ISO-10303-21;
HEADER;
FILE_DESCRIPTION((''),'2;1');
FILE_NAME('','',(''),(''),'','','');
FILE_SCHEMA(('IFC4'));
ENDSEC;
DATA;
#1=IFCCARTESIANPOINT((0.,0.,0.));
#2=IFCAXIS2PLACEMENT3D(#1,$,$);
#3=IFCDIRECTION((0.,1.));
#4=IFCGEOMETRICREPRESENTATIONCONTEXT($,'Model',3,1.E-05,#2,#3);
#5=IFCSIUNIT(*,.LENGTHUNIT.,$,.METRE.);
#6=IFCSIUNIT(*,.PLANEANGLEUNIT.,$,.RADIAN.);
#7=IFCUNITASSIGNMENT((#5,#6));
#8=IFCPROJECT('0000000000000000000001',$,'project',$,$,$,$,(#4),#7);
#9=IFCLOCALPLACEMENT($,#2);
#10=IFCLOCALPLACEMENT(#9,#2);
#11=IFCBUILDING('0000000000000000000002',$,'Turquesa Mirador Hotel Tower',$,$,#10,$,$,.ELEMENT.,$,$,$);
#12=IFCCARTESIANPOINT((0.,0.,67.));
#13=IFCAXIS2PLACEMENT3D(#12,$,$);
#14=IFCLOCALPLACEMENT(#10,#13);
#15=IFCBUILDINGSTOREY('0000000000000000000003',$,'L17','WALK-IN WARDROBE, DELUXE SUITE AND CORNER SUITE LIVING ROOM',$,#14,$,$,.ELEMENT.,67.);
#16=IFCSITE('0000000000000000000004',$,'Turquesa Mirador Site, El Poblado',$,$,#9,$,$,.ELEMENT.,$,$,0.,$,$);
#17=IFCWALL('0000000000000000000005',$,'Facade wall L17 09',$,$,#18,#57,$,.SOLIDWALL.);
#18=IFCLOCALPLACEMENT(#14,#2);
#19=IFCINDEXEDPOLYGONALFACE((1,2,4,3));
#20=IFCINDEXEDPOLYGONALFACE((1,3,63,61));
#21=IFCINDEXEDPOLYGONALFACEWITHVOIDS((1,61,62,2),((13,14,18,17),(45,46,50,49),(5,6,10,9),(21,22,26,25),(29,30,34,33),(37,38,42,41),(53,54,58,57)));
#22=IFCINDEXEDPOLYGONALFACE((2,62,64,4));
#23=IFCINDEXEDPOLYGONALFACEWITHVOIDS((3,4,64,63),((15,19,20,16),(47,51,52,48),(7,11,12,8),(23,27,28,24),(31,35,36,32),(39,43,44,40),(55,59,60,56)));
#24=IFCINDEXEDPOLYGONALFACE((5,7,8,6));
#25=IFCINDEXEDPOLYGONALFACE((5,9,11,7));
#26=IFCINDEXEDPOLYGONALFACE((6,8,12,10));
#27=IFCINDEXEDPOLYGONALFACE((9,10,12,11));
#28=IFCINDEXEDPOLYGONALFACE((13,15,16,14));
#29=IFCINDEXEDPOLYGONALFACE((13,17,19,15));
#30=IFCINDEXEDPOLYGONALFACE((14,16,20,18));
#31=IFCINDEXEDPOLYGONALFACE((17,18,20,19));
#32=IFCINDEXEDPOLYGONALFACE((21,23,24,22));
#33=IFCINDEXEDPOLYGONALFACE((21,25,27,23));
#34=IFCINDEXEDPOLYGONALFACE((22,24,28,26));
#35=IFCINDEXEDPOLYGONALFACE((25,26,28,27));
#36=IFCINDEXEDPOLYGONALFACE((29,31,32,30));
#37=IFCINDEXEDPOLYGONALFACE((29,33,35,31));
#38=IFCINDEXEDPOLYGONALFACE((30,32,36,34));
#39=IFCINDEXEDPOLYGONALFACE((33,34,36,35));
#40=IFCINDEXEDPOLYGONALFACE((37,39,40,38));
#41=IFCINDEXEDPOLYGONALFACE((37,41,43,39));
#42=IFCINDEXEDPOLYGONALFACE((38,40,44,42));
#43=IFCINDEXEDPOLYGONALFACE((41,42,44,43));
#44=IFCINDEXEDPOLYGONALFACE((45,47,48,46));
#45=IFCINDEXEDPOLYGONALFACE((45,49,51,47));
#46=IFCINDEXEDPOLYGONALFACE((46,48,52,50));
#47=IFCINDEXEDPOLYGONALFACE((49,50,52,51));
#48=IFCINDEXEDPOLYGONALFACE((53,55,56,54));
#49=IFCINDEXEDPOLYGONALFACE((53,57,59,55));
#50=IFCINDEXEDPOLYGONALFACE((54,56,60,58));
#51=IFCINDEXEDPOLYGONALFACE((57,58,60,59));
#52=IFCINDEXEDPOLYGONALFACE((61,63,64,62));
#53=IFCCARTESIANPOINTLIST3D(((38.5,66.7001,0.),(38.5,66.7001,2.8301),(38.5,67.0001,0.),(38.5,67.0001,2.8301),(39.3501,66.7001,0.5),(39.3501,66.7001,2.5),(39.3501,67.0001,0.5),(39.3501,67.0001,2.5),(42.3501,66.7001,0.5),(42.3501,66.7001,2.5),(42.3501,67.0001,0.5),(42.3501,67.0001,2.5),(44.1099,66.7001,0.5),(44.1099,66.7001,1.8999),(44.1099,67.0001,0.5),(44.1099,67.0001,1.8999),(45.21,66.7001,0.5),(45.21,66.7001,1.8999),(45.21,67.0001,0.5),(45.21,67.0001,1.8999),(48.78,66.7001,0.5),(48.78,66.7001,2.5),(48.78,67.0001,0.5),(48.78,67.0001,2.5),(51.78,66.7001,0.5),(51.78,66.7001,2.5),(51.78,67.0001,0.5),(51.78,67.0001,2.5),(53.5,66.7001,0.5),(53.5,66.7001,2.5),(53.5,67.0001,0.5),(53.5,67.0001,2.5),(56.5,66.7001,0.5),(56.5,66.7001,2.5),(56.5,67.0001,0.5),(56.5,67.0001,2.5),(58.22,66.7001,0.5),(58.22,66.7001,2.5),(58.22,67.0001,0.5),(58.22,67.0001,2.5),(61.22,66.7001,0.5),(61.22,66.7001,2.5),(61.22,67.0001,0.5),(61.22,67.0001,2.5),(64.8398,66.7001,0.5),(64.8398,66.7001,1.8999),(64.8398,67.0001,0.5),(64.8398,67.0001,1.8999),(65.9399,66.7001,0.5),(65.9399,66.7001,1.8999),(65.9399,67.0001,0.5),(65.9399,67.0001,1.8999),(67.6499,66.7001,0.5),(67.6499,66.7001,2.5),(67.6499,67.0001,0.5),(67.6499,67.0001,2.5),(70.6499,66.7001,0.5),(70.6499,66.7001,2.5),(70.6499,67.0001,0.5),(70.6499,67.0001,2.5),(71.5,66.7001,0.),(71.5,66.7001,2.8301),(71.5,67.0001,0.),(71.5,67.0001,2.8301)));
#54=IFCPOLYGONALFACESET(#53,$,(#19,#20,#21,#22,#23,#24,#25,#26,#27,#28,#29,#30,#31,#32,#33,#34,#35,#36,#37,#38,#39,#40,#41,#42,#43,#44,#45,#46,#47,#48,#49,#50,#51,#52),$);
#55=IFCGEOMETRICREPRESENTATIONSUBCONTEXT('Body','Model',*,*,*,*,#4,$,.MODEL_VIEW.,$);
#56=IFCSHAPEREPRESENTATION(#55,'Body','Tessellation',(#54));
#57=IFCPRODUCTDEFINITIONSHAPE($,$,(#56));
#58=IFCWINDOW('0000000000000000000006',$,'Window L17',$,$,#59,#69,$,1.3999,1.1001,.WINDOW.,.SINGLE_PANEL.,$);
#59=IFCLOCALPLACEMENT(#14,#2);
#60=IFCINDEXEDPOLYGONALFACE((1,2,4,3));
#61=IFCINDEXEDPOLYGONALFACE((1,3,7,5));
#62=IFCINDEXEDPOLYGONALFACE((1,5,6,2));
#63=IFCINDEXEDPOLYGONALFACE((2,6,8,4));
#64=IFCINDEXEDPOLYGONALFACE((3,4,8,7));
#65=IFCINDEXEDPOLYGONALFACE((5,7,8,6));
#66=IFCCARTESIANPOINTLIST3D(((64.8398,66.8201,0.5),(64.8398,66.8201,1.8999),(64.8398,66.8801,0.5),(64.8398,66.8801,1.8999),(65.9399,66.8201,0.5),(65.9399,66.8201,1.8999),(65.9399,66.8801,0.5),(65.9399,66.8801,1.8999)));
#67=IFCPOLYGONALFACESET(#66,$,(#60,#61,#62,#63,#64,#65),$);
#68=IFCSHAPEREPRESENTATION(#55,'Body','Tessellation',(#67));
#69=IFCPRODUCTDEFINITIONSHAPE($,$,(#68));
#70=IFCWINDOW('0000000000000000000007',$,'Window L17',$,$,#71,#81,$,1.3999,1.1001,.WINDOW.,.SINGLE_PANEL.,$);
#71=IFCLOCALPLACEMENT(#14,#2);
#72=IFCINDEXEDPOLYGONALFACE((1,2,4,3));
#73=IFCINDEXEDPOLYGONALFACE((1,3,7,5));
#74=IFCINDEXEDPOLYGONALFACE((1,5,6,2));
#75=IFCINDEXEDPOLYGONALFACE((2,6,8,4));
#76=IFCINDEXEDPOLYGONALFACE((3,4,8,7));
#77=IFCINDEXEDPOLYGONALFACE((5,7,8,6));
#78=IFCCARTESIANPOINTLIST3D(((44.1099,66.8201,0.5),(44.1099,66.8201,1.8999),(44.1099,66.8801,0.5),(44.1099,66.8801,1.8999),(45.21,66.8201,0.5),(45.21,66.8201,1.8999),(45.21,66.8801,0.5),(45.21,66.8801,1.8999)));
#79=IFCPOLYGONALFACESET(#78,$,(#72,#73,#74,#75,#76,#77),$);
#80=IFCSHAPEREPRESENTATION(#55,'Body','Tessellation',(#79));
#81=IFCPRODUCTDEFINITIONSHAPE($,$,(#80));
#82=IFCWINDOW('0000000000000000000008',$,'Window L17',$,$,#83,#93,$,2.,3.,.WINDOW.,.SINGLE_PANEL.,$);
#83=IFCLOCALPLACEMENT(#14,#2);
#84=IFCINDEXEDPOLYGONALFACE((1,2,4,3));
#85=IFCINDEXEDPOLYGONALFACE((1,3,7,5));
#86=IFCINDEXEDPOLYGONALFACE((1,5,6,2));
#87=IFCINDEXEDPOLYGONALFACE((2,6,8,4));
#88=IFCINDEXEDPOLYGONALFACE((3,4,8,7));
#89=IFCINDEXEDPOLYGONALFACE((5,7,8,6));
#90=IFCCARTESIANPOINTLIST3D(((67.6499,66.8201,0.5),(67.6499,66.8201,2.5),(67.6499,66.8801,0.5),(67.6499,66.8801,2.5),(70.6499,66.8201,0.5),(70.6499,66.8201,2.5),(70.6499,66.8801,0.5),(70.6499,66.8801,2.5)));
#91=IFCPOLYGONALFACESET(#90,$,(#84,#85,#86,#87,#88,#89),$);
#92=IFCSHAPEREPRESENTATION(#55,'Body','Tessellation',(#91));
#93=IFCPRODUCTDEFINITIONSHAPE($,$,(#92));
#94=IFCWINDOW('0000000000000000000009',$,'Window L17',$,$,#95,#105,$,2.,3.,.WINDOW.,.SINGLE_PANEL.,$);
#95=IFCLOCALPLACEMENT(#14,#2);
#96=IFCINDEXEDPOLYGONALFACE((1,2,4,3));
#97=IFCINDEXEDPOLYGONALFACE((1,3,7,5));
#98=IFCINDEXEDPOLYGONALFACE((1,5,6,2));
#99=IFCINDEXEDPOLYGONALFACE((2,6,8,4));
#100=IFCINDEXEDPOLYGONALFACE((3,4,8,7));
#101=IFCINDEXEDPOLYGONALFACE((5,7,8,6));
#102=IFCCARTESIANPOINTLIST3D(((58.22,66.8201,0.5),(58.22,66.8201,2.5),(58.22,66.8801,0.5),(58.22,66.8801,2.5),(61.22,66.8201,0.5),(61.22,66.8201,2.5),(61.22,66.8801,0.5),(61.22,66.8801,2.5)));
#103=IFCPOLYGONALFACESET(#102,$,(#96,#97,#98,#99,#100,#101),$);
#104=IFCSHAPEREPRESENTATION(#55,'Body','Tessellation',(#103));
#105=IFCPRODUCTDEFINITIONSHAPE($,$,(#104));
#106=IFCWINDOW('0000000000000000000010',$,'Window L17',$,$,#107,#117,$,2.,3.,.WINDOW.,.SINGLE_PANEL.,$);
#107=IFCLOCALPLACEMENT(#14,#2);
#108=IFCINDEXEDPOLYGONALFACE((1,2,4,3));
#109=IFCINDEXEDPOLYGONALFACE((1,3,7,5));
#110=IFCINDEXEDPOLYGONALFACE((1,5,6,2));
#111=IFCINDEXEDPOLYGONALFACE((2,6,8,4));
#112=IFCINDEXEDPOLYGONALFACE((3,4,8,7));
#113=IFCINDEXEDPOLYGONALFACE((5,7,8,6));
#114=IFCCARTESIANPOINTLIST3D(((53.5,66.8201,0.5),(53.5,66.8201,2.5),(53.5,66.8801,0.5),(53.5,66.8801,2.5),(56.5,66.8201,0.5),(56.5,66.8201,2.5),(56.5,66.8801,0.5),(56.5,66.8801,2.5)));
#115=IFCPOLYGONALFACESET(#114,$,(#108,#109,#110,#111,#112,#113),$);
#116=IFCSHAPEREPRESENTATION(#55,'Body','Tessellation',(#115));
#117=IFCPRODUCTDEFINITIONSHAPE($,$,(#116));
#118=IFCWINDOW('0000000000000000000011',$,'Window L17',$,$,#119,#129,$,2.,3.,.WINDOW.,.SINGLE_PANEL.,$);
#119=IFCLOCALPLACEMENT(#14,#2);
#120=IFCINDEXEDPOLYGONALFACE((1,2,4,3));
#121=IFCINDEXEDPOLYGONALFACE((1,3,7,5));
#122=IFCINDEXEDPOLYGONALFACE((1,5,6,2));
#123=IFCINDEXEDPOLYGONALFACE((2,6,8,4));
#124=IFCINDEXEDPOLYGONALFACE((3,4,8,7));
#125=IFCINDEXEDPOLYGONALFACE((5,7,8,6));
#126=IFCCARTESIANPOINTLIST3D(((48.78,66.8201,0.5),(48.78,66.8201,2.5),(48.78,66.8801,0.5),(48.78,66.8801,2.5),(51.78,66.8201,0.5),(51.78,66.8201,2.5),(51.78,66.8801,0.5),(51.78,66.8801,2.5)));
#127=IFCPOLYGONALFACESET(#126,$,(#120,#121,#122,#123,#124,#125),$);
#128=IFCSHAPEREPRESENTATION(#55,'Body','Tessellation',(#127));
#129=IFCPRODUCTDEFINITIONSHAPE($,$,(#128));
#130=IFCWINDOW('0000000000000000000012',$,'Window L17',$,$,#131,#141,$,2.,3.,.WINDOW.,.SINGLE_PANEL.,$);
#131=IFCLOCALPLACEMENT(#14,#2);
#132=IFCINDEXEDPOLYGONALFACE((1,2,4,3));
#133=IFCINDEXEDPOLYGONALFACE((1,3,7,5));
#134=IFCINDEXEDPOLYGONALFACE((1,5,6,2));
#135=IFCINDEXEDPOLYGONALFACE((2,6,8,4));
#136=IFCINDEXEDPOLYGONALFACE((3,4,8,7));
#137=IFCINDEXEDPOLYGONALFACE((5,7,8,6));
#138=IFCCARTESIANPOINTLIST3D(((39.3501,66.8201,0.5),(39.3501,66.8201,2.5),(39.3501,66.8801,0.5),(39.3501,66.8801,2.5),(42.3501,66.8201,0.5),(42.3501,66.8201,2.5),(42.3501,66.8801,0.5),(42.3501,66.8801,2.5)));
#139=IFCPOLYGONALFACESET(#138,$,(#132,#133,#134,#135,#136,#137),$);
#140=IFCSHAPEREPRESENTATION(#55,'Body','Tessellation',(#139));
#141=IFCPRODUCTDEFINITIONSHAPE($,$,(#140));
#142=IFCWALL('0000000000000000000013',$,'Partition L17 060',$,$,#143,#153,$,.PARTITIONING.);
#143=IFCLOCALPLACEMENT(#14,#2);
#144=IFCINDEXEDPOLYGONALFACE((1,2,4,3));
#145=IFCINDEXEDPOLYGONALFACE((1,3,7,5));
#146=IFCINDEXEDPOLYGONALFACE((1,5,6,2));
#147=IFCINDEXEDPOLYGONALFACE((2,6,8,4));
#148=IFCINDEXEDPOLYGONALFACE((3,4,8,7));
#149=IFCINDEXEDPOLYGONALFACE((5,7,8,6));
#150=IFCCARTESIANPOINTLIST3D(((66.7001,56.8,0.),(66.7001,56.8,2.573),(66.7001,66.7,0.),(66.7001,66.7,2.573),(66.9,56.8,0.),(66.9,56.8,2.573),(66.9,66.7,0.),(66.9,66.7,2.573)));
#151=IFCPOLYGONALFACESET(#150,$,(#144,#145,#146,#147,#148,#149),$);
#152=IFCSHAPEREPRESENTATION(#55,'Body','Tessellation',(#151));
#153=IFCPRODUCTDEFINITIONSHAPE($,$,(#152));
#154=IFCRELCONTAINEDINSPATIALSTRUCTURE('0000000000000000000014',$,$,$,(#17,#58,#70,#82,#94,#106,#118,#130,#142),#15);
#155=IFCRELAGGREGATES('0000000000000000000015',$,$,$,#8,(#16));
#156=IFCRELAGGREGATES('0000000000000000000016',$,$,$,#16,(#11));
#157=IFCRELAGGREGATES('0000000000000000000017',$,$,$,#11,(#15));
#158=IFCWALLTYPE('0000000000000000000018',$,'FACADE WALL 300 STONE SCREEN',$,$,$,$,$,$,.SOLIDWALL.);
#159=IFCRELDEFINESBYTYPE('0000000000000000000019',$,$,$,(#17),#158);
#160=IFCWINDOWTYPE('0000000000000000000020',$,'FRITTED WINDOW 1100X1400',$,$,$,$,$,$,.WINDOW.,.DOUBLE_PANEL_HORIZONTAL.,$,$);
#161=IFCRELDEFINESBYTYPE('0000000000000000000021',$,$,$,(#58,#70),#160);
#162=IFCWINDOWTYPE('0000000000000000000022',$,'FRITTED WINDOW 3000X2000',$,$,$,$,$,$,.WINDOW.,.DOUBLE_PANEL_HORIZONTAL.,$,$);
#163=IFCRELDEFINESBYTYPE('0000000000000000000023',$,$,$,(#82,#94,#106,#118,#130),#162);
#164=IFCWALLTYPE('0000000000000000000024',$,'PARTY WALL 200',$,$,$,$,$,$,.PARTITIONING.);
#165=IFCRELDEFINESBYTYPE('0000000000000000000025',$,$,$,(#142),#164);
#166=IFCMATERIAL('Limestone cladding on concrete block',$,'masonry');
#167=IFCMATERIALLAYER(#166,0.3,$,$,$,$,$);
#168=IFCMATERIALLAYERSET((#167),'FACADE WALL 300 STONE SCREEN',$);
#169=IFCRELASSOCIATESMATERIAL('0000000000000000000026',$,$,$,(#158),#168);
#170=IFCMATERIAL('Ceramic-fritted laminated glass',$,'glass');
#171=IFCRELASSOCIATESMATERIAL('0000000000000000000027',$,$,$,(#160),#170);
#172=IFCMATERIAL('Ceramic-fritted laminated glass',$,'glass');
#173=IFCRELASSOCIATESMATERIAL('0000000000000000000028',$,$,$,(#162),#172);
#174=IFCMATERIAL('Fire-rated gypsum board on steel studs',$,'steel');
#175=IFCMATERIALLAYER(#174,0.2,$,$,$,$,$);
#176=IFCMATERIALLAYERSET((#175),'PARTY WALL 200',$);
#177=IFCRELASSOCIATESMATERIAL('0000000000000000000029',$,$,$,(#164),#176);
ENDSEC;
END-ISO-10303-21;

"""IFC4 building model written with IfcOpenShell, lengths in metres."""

from ifc_helpers import new_model, si_unit, direction, frame, frame_2d, origin, place, context, subcontext, project, spatial, rectangle, extrude, material, layer, layer_set, type_object, element, fill, save


model = new_model("IFC4")

# Units and contexts
model_context = context("Model", 3, precision=1e-05, world=origin(), true_north=direction((0.0, 1.0)))
body_context = subcontext(model_context, "Body", "Model", "MODEL_VIEW")
ifc_project = project(units=[si_unit("LENGTHUNIT", "METRE"), si_unit("PLANEANGLEUNIT", "RADIAN")], contexts=[model_context])

# Site, building, storey
site_placement = place(None, origin())
site = spatial("IfcSite", under=ifc_project, at=site_placement, Name="Turquesa Mirador Site, El Poblado", CompositionType="ELEMENT", RefElevation=0.0)
building_placement = place(site_placement, origin())
building = spatial("IfcBuilding", under=site, at=building_placement, Name="Turquesa Mirador Hotel Tower", CompositionType="ELEMENT")
storey_placement = place(building_placement, frame((0.0, 0.0, 67.0)))
storey = spatial("IfcBuildingStorey", under=building, at=storey_placement, Name="L17", Description="WALK-IN WARDROBE, DELUXE SUITE AND CORNER SUITE LIVING ROOM", CompositionType="ELEMENT", Elevation=67.0)

# Wall, openings, windows
ifc_material_1 = material(Name="Limestone cladding on concrete block", Category="masonry")
ifc_layer_1 = layer(ifc_material_1, 0.3)
ifc_layer_set_1 = layer_set([ifc_layer_1], Name="FACADE WALL 300 STONE SCREEN")
wall_type_1 = type_object("IfcWallType", Name="FACADE WALL 300 STONE SCREEN", PredefinedType="SOLIDWALL", material=ifc_layer_set_1)
wall_1_placement = place(storey_placement, frame((71.5, 66.8501, 0.0), z_axis=(0.0, 0.0, 1.0), x_axis=(-1.0, 0.0, 0.0)))
wall_1 = element("IfcWall", 1, at=wall_1_placement, inside=storey, type_object=wall_type_1, Name="Facade wall L17 09", PredefinedType="SOLIDWALL", context=body_context, shape_type="SweptSolid", body=[
    extrude(rectangle(XDim=33.0, YDim=0.3, at=frame_2d((16.5, 0.0))), origin(), (0.0, 0.0, 1.0), 2.8301),
])
opening_1_placement = place(wall_1_placement, frame((0.8501, 0.0, 0.5)))
opening_1 = element("IfcOpeningElement", 2, at=opening_1_placement, cuts=wall_1, PredefinedType="OPENING", context=body_context, shape_type="SweptSolid", body=[
    extrude(rectangle(XDim=3.0, YDim=2.0, at=frame_2d((1.5, 1.0))), frame((0.0, 0.1599, 0.0), z_axis=(0.0, -1.0, 0.0), x_axis=(1.0, 0.0, 0.0)), (0.0, 0.0, 1.0), 0.3201),
])
opening_2_placement = place(wall_1_placement, frame((5.5601, 0.0, 0.5)))
opening_2 = element("IfcOpeningElement", 3, at=opening_2_placement, cuts=wall_1, PredefinedType="OPENING", context=body_context, shape_type="SweptSolid", body=[
    extrude(rectangle(XDim=1.1001, YDim=1.3999, at=frame_2d((0.55, 0.7))), frame((0.0, 0.1599, 0.0), z_axis=(0.0, -1.0, 0.0), x_axis=(1.0, 0.0, 0.0)), (0.0, 0.0, 1.0), 0.3201),
])
opening_3_placement = place(wall_1_placement, frame((10.28, 0.0, 0.5)))
opening_3 = element("IfcOpeningElement", 4, at=opening_3_placement, cuts=wall_1, PredefinedType="OPENING", context=body_context, shape_type="SweptSolid", body=[
    extrude(rectangle(XDim=3.0, YDim=2.0, at=frame_2d((1.5, 1.0))), frame((0.0, 0.1599, 0.0), z_axis=(0.0, -1.0, 0.0), x_axis=(1.0, 0.0, 0.0)), (0.0, 0.0, 1.0), 0.3201),
])
opening_4_placement = place(wall_1_placement, frame((15.0, 0.0, 0.5)))
opening_4 = element("IfcOpeningElement", 5, at=opening_4_placement, cuts=wall_1, PredefinedType="OPENING", context=body_context, shape_type="SweptSolid", body=[
    extrude(rectangle(XDim=3.0, YDim=2.0, at=frame_2d((1.5, 1.0))), frame((0.0, 0.1599, 0.0), z_axis=(0.0, -1.0, 0.0), x_axis=(1.0, 0.0, 0.0)), (0.0, 0.0, 1.0), 0.3201),
])
opening_5_placement = place(wall_1_placement, frame((19.72, 0.0, 0.5)))
opening_5 = element("IfcOpeningElement", 6, at=opening_5_placement, cuts=wall_1, PredefinedType="OPENING", context=body_context, shape_type="SweptSolid", body=[
    extrude(rectangle(XDim=3.0, YDim=2.0, at=frame_2d((1.5, 1.0))), frame((0.0, 0.1599, 0.0), z_axis=(0.0, -1.0, 0.0), x_axis=(1.0, 0.0, 0.0)), (0.0, 0.0, 1.0), 0.3201),
])
opening_6_placement = place(wall_1_placement, frame((26.29, 0.0, 0.5)))
opening_6 = element("IfcOpeningElement", 7, at=opening_6_placement, cuts=wall_1, PredefinedType="OPENING", context=body_context, shape_type="SweptSolid", body=[
    extrude(rectangle(XDim=1.1001, YDim=1.3999, at=frame_2d((0.55, 0.7))), frame((0.0, 0.1599, 0.0), z_axis=(0.0, -1.0, 0.0), x_axis=(1.0, 0.0, 0.0)), (0.0, 0.0, 1.0), 0.3201),
])
opening_7_placement = place(wall_1_placement, frame((29.1499, 0.0, 0.5)))
opening_7 = element("IfcOpeningElement", 8, at=opening_7_placement, cuts=wall_1, PredefinedType="OPENING", context=body_context, shape_type="SweptSolid", body=[
    extrude(rectangle(XDim=3.0, YDim=2.0, at=frame_2d((1.5, 1.0))), frame((0.0, 0.1599, 0.0), z_axis=(0.0, -1.0, 0.0), x_axis=(1.0, 0.0, 0.0)), (0.0, 0.0, 1.0), 0.3201),
])
ifc_material_2 = material(Name="Ceramic-fritted laminated glass", Category="glass")
window_type_1 = type_object("IfcWindowType", Name="FRITTED WINDOW 1100X1400", PartitioningType="DOUBLE_PANEL_HORIZONTAL", PredefinedType="WINDOW", material=ifc_material_2)
window_1_placement = place(opening_2_placement, origin())
window_1 = element("IfcWindow", 9, at=window_1_placement, inside=storey, type_object=window_type_1, Name="Window L17", OverallHeight=1.3999, OverallWidth=1.1001, PartitioningType="SINGLE_PANEL", PredefinedType="WINDOW", context=body_context, shape_type="SweptSolid", body=[
    extrude(rectangle(XDim=1.1001, YDim=1.3999, at=frame_2d((0.55, 0.7))), frame((0.0, 0.03, 0.0), z_axis=(0.0, -1.0, 0.0), x_axis=(1.0, 0.0, 0.0)), (0.0, 0.0, 1.0), 0.0601),
])
fill(opening_2, window_1)
window_2_placement = place(opening_6_placement, origin())
window_2 = element("IfcWindow", 10, at=window_2_placement, inside=storey, type_object=window_type_1, Name="Window L17", OverallHeight=1.3999, OverallWidth=1.1001, PartitioningType="SINGLE_PANEL", PredefinedType="WINDOW", context=body_context, shape_type="SweptSolid", body=[
    extrude(rectangle(XDim=1.1001, YDim=1.3999, at=frame_2d((0.55, 0.7))), frame((0.0, 0.03, 0.0), z_axis=(0.0, -1.0, 0.0), x_axis=(1.0, 0.0, 0.0)), (0.0, 0.0, 1.0), 0.0601),
])
fill(opening_6, window_2)
ifc_material_3 = material(Name="Ceramic-fritted laminated glass", Category="glass")
window_type_2 = type_object("IfcWindowType", Name="FRITTED WINDOW 3000X2000", PartitioningType="DOUBLE_PANEL_HORIZONTAL", PredefinedType="WINDOW", material=ifc_material_3)
window_3_placement = place(opening_1_placement, origin())
window_3 = element("IfcWindow", 11, at=window_3_placement, inside=storey, type_object=window_type_2, Name="Window L17", OverallHeight=2.0, OverallWidth=3.0, PartitioningType="SINGLE_PANEL", PredefinedType="WINDOW", context=body_context, shape_type="SweptSolid", body=[
    extrude(rectangle(XDim=3.0, YDim=2.0, at=frame_2d((1.5, 1.0))), frame((0.0, 0.03, 0.0), z_axis=(0.0, -1.0, 0.0), x_axis=(1.0, 0.0, 0.0)), (0.0, 0.0, 1.0), 0.0601),
])
fill(opening_1, window_3)
window_4_placement = place(opening_3_placement, origin())
window_4 = element("IfcWindow", 12, at=window_4_placement, inside=storey, type_object=window_type_2, Name="Window L17", OverallHeight=2.0, OverallWidth=3.0, PartitioningType="SINGLE_PANEL", PredefinedType="WINDOW", context=body_context, shape_type="SweptSolid", body=[
    extrude(rectangle(XDim=3.0, YDim=2.0, at=frame_2d((1.5, 1.0))), frame((0.0, 0.03, 0.0), z_axis=(0.0, -1.0, 0.0), x_axis=(1.0, 0.0, 0.0)), (0.0, 0.0, 1.0), 0.0601),
])
fill(opening_3, window_4)
window_5_placement = place(opening_4_placement, origin())
window_5 = element("IfcWindow", 13, at=window_5_placement, inside=storey, type_object=window_type_2, Name="Window L17", OverallHeight=2.0, OverallWidth=3.0, PartitioningType="SINGLE_PANEL", PredefinedType="WINDOW", context=body_context, shape_type="SweptSolid", body=[
    extrude(rectangle(XDim=3.0, YDim=2.0, at=frame_2d((1.5, 1.0))), frame((0.0, 0.03, 0.0), z_axis=(0.0, -1.0, 0.0), x_axis=(1.0, 0.0, 0.0)), (0.0, 0.0, 1.0), 0.0601),
])
fill(opening_4, window_5)
window_6_placement = place(opening_5_placement, origin())
window_6 = element("IfcWindow", 14, at=window_6_placement, inside=storey, type_object=window_type_2, Name="Window L17", OverallHeight=2.0, OverallWidth=3.0, PartitioningType="SINGLE_PANEL", PredefinedType="WINDOW", context=body_context, shape_type="SweptSolid", body=[
    extrude(rectangle(XDim=3.0, YDim=2.0, at=frame_2d((1.5, 1.0))), frame((0.0, 0.03, 0.0), z_axis=(0.0, -1.0, 0.0), x_axis=(1.0, 0.0, 0.0)), (0.0, 0.0, 1.0), 0.0601),
])
fill(opening_5, window_6)
window_7_placement = place(opening_7_placement, origin())
window_7 = element("IfcWindow", 15, at=window_7_placement, inside=storey, type_object=window_type_2, Name="Window L17", OverallHeight=2.0, OverallWidth=3.0, PartitioningType="SINGLE_PANEL", PredefinedType="WINDOW", context=body_context, shape_type="SweptSolid", body=[
    extrude(rectangle(XDim=3.0, YDim=2.0, at=frame_2d((1.5, 1.0))), frame((0.0, 0.03, 0.0), z_axis=(0.0, -1.0, 0.0), x_axis=(1.0, 0.0, 0.0)), (0.0, 0.0, 1.0), 0.0601),
])
fill(opening_7, window_7)

# Wall
ifc_material_4 = material(Name="Fire-rated gypsum board on steel studs", Category="steel")
ifc_layer_2 = layer(ifc_material_4, 0.2)
ifc_layer_set_2 = layer_set([ifc_layer_2], Name="PARTY WALL 200")
wall_type_2 = type_object("IfcWallType", Name="PARTY WALL 200", PredefinedType="PARTITIONING", material=ifc_layer_set_2)
wall_2_placement = place(storey_placement, frame((66.8, 56.8, 0.0), z_axis=(0.0, 0.0, 1.0), x_axis=(0.0, 1.0, 0.0)))
element("IfcWall", 16, at=wall_2_placement, inside=storey, type_object=wall_type_2, Name="Partition L17 060", PredefinedType="PARTITIONING", context=body_context, shape_type="SweptSolid", body=[
    extrude(rectangle(XDim=9.8999, YDim=0.2, at=frame_2d((4.95, 0.0))), origin(), (0.0, 0.0, 1.0), 2.573),
])

save(model, "model.ifc")
